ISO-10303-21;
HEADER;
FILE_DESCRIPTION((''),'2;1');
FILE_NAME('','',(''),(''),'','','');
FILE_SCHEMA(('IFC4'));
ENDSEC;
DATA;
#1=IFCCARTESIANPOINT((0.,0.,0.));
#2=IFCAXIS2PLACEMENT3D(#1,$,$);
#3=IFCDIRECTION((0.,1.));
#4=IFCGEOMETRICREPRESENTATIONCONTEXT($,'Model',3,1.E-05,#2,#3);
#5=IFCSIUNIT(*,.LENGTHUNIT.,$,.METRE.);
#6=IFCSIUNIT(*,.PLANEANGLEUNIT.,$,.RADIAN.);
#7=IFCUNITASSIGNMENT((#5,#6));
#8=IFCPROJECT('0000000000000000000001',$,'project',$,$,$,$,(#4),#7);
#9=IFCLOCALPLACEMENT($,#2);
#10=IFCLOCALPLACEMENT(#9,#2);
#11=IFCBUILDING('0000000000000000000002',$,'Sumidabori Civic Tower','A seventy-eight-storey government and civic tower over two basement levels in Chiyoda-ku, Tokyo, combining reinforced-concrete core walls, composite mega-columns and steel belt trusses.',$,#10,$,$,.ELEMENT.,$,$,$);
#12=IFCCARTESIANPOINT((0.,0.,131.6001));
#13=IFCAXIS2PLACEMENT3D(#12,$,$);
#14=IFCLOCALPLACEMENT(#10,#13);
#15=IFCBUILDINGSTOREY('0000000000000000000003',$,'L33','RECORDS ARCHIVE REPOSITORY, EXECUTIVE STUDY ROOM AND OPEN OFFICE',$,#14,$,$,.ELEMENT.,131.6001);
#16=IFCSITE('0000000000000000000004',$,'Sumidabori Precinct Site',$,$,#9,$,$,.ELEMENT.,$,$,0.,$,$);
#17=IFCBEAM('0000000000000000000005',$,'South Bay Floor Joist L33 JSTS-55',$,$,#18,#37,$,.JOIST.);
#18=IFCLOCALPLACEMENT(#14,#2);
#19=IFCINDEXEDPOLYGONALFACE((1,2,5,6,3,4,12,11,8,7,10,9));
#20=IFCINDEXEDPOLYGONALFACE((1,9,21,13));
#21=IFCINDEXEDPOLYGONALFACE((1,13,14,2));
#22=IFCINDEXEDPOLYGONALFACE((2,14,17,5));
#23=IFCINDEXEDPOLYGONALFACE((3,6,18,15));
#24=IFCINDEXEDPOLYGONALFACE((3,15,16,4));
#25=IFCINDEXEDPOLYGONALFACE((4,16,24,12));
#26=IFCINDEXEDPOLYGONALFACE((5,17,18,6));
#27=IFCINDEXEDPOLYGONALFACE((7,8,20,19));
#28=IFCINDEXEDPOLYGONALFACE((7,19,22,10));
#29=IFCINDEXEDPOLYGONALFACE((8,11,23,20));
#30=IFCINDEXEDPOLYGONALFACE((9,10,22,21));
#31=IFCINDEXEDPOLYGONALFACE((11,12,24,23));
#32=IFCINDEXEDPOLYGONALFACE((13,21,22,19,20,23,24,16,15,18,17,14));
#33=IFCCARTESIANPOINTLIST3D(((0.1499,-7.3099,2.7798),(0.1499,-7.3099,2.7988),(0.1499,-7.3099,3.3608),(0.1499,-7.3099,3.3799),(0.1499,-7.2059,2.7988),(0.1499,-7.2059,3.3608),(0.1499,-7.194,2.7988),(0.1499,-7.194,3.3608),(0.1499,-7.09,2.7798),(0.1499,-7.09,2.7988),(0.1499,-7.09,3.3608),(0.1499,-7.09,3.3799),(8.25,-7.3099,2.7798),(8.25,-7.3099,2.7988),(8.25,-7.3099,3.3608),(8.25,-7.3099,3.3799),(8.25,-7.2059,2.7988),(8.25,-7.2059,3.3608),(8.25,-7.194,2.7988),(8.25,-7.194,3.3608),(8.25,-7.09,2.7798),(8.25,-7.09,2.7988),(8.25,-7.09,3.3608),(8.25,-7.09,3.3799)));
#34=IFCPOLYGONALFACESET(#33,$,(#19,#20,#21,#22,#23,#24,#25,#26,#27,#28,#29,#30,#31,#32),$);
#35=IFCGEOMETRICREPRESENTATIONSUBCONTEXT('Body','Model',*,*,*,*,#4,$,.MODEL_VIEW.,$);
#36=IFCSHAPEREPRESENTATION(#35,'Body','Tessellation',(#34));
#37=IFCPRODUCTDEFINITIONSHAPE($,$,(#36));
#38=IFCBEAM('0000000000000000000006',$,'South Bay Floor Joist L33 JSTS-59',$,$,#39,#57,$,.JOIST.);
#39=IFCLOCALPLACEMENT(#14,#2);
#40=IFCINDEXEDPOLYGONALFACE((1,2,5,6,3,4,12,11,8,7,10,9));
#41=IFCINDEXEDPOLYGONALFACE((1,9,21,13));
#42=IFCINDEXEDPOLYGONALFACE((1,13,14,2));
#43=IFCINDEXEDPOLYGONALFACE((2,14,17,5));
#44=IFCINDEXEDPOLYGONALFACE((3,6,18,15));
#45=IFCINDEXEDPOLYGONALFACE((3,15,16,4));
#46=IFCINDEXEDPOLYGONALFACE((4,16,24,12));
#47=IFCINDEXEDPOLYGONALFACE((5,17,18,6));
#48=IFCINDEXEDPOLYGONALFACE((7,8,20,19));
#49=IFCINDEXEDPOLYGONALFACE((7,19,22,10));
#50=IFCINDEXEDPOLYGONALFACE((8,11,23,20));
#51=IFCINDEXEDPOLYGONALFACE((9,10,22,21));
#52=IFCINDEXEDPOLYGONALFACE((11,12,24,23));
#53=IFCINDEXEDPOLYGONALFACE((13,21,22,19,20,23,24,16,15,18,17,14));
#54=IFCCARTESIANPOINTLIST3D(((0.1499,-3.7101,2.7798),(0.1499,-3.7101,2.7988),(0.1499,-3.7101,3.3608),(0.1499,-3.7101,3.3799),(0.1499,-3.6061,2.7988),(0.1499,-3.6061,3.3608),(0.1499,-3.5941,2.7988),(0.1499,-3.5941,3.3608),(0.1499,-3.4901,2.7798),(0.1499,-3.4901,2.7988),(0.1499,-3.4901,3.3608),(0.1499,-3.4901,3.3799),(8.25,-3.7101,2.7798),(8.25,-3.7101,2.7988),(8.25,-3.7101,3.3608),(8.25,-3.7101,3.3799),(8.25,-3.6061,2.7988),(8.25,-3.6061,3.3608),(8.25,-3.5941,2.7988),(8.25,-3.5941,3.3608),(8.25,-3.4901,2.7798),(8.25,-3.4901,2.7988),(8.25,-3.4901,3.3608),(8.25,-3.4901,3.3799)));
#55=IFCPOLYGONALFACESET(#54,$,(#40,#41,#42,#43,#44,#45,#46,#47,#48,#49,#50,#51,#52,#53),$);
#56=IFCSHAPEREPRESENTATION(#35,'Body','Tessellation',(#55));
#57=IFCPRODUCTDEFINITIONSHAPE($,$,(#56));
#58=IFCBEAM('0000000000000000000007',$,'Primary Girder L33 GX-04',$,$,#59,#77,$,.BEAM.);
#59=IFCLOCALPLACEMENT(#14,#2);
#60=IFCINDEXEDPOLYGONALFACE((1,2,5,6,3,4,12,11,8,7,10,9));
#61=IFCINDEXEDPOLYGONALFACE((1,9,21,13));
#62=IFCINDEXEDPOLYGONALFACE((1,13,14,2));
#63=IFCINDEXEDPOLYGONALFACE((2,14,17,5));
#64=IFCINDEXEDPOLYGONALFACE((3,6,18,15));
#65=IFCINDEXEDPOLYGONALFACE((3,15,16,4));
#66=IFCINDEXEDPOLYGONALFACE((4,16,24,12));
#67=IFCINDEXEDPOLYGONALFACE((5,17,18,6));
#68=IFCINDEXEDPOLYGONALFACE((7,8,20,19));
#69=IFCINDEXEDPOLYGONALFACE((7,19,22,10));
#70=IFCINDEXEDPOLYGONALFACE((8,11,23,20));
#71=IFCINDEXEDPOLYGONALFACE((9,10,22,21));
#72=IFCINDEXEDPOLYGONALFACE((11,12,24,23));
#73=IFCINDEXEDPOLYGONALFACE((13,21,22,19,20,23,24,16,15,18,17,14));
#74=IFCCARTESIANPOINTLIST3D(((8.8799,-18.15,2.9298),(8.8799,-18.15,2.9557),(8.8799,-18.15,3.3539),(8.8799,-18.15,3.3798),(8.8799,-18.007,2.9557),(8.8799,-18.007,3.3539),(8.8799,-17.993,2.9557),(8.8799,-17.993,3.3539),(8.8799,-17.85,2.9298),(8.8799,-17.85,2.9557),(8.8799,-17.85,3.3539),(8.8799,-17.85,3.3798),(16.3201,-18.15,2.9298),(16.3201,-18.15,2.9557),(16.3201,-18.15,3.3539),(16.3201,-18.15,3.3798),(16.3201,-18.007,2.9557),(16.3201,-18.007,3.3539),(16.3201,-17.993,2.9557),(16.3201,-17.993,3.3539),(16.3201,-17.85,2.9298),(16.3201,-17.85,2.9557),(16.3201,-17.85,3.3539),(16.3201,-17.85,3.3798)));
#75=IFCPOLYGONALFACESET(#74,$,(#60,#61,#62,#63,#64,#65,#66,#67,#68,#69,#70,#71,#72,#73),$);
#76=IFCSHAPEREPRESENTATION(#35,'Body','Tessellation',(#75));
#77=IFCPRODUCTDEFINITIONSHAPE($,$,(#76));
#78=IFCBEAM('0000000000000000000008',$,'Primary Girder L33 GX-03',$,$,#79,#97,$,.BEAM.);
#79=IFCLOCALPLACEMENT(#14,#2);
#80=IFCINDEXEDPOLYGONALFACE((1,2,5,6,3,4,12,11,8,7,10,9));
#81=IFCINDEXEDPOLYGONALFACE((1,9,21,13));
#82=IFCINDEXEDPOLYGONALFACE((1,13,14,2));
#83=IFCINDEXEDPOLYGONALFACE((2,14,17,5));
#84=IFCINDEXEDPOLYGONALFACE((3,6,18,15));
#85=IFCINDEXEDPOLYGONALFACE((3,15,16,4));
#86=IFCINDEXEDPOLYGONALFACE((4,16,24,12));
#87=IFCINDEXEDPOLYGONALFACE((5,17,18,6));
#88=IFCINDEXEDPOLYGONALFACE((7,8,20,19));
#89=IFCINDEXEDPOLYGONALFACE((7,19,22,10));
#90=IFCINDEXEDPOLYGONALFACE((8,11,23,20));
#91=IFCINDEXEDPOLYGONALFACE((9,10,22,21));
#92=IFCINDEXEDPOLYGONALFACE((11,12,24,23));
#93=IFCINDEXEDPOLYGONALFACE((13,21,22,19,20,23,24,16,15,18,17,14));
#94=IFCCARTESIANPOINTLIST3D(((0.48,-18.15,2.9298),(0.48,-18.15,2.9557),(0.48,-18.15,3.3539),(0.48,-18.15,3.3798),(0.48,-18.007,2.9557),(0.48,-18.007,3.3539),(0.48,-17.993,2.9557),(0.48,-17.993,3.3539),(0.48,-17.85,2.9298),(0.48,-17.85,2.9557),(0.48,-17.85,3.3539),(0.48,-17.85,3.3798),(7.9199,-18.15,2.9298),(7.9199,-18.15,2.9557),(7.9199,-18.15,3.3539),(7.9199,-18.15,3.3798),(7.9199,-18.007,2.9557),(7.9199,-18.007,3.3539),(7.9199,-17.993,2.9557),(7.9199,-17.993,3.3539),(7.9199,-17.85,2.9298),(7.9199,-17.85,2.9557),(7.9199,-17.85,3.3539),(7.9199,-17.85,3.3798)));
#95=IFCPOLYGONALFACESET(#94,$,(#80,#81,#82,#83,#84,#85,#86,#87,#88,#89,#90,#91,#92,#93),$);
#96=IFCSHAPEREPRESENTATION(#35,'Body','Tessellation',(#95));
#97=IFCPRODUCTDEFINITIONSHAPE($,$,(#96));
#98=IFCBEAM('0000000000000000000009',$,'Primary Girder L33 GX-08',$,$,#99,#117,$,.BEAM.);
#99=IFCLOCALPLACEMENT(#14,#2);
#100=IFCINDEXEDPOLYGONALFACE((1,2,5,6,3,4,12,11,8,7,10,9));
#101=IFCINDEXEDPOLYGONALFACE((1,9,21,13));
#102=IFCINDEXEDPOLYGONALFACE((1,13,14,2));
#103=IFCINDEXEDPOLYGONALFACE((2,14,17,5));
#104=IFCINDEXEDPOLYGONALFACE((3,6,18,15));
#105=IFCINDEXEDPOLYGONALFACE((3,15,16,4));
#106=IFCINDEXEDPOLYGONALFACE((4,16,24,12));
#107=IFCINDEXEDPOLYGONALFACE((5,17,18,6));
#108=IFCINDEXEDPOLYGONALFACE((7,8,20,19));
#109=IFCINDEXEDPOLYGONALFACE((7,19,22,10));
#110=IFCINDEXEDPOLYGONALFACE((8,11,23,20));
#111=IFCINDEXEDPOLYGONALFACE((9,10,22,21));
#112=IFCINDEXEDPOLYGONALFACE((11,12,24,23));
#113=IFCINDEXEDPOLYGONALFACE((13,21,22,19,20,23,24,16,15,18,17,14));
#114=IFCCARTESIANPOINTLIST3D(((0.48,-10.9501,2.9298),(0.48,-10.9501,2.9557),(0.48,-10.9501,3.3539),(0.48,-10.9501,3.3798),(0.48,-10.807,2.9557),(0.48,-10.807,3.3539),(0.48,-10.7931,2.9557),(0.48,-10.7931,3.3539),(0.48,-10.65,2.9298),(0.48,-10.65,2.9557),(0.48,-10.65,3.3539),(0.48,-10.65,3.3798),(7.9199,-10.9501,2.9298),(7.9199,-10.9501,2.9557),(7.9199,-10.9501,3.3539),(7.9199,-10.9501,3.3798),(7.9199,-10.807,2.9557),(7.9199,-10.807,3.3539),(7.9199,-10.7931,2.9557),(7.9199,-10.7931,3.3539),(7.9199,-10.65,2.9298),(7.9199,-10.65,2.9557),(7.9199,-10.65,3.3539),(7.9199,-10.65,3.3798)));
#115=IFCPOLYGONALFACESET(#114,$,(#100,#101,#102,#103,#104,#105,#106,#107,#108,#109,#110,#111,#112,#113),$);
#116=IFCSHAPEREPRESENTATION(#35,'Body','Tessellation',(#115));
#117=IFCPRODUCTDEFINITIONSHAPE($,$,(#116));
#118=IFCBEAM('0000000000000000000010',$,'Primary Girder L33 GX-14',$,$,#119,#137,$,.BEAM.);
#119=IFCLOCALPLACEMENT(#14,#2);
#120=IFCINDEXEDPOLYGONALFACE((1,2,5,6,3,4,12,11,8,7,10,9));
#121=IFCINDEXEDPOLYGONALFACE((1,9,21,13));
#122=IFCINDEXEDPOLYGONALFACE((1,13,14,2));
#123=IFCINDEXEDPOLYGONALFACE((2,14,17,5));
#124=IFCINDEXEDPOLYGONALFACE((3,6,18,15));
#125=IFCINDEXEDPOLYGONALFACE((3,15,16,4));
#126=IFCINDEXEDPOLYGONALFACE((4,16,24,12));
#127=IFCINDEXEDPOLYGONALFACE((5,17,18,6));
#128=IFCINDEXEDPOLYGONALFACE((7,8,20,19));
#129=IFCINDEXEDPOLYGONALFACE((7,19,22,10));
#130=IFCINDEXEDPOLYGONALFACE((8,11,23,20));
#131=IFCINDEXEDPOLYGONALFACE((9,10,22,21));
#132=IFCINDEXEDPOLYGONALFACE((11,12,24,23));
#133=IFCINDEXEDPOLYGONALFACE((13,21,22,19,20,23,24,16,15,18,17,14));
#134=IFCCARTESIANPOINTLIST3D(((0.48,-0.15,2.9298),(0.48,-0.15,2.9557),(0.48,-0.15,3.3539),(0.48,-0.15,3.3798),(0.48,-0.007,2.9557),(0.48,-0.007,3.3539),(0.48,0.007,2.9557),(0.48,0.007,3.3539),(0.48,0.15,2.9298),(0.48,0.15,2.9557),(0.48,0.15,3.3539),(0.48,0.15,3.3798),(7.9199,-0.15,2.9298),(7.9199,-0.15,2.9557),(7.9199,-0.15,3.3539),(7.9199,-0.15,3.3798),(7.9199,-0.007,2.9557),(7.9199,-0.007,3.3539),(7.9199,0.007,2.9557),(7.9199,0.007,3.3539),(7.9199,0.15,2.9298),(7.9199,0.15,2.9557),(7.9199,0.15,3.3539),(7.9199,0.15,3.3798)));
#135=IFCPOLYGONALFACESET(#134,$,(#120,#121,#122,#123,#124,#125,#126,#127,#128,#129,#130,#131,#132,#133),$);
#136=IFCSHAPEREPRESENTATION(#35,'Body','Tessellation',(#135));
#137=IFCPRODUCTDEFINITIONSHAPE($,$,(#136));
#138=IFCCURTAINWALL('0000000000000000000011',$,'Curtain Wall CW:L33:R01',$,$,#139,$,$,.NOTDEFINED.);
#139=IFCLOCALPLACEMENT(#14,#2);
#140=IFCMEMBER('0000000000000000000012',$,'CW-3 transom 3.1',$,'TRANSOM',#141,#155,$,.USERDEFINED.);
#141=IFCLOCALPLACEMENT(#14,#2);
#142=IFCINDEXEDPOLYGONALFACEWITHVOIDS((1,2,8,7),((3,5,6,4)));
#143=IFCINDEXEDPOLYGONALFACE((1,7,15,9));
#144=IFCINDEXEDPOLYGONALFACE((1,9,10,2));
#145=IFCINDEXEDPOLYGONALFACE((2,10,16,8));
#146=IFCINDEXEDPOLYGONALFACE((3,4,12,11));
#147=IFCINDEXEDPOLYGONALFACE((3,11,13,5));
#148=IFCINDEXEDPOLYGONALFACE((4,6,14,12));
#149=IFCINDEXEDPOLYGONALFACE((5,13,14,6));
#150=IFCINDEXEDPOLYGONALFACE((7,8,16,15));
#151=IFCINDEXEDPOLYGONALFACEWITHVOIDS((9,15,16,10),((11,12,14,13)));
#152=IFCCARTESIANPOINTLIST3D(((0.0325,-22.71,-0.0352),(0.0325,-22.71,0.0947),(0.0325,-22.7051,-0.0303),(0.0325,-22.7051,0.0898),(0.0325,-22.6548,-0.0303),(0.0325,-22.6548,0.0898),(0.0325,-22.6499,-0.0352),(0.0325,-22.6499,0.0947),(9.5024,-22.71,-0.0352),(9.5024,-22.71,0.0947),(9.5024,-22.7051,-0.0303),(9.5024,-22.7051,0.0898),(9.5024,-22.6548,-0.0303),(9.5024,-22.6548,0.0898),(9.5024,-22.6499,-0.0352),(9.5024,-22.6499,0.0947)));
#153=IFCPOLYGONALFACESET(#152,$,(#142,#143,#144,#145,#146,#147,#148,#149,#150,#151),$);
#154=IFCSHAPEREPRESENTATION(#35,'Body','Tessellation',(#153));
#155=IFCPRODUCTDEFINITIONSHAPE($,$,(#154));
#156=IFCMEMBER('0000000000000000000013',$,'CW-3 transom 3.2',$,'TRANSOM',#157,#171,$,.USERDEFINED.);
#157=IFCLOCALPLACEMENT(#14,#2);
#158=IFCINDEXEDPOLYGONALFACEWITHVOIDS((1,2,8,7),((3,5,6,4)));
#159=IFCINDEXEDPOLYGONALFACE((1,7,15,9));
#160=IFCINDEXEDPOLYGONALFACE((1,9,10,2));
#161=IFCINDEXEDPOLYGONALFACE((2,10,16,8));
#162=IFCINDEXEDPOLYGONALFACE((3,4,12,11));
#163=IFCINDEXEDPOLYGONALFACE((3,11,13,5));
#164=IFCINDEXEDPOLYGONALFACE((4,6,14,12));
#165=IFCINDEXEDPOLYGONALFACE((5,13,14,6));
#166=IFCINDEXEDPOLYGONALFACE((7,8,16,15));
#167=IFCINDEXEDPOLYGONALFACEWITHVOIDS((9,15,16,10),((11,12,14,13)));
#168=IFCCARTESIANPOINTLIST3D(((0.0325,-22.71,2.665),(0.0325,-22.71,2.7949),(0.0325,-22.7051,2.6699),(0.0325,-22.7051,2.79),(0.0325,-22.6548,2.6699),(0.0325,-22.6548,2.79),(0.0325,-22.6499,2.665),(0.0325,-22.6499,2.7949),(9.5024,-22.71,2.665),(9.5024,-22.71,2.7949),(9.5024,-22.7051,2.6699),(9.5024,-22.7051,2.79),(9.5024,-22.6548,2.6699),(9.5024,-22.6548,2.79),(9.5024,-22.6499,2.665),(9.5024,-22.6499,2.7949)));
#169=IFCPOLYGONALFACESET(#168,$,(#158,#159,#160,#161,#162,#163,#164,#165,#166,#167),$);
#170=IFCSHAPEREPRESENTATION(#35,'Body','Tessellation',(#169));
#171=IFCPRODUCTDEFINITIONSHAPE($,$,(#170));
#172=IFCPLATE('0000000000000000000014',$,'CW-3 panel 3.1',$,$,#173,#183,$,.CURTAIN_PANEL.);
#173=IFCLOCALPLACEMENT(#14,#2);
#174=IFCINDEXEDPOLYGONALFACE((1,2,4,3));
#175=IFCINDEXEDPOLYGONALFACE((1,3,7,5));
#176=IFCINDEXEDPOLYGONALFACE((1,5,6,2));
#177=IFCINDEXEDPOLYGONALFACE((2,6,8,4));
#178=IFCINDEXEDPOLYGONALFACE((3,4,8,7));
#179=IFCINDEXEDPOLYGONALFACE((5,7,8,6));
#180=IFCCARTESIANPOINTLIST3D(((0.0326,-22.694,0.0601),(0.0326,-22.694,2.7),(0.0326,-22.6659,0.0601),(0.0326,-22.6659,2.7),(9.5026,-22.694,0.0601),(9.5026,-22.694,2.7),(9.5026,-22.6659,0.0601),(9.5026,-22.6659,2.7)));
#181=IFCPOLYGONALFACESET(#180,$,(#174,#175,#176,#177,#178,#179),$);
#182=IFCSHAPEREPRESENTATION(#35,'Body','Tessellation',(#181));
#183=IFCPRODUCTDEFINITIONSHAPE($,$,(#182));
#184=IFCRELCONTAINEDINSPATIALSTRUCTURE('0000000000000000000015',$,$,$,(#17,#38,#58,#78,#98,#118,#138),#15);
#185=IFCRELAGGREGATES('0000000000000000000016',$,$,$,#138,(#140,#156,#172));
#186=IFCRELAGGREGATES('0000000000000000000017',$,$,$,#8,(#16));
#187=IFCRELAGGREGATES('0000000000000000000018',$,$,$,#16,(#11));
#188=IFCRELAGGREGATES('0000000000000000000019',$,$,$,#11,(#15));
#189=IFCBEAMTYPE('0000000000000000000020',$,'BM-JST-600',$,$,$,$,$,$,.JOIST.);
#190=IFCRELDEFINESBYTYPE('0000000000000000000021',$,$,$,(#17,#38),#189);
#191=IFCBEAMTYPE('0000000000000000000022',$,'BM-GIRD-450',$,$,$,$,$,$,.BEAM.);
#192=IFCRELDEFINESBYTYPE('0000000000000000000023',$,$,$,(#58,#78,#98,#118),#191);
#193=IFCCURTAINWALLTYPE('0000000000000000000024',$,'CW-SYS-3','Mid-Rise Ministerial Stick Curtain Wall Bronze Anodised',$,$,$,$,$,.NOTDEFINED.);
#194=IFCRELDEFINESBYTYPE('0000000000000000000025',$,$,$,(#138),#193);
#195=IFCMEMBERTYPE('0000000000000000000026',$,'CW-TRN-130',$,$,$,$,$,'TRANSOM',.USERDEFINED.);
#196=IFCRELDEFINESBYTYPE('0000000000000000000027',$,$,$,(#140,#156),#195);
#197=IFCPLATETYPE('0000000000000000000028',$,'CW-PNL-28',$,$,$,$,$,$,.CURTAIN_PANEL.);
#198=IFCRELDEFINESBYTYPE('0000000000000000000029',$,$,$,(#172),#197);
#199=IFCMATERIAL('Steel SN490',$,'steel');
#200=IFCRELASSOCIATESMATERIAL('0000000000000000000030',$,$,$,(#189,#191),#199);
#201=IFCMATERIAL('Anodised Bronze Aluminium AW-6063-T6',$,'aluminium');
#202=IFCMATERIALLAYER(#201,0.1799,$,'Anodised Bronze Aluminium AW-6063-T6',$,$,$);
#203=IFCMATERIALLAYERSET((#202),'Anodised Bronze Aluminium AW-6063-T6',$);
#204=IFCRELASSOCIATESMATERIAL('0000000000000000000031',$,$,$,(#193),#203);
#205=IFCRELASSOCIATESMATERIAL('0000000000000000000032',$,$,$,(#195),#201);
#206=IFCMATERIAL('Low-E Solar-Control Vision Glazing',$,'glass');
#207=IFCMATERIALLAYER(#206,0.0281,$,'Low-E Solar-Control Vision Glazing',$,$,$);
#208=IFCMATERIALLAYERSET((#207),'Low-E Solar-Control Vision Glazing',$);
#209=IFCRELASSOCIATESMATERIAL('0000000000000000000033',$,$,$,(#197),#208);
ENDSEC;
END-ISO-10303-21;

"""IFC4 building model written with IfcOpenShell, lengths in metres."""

from ifc_helpers import new_model, si_unit, direction, frame, origin, origin_2d, place, context, subcontext, project, spatial, rectangle, hollow_rectangle, i_section, extrude, source, transform, mapped, material, layer, layer_set, material_profile, profile_set, type_object, element, aggregate, save


model = new_model("IFC4")

# Units and contexts
model_context = context("Model", 3, precision=1e-05, world=origin(), true_north=direction((0.0, 1.0)))
body_context = subcontext(model_context, "Body", "Model", "MODEL_VIEW")
ifc_project = project(units=[si_unit("LENGTHUNIT", "METRE"), si_unit("PLANEANGLEUNIT", "RADIAN")], contexts=[model_context])

# Site, building, storey
site_placement = place(None, origin())
site = spatial("IfcSite", under=ifc_project, at=site_placement, Name="Sumidabori Precinct Site", CompositionType="ELEMENT", RefElevation=0.0)
building_placement = place(site_placement, origin())
building = spatial("IfcBuilding", under=site, at=building_placement, Name="Sumidabori Civic Tower", Description="A seventy-eight-storey government and civic tower over two basement levels in Chiyoda-ku, Tokyo, combining reinforced-concrete core walls, composite mega-columns and steel belt trusses.", CompositionType="ELEMENT")
storey_placement = place(building_placement, frame((0.0, 0.0, 131.6001)))
storey = spatial("IfcBuildingStorey", under=building, at=storey_placement, Name="L33", Description="RECORDS ARCHIVE REPOSITORY, EXECUTIVE STUDY ROOM AND OPEN OFFICE", CompositionType="ELEMENT", Elevation=131.6001)

# Beams
ifc_material_1 = material(Name="Steel SN490", Category="steel")
ifc_material_profile_1 = material_profile(ifc_material_1, i_section(OverallWidth=0.22, OverallDepth=0.6001, WebThickness=0.012, FlangeThickness=0.019, at=origin_2d()), Name="IPE 600")
ifc_profile_set_1 = profile_set([ifc_material_profile_1], Name="Steel SN490")
beam_type_1 = type_object("IfcBeamType", Name="BM-JST-600", PredefinedType="JOIST", material=ifc_profile_set_1)
shared_shape_1 = source(origin(), body_context, "Body", "SweptSolid", [
    extrude(i_section(OverallWidth=0.22, OverallDepth=0.6001, WebThickness=0.012, FlangeThickness=0.019, at=origin_2d()), origin(), (0.0, 0.0, 1.0), 8.1001),
])
for number, where, z_axis, x_axis, name in (
    (1, (0.1499, -7.2, 3.0798), (1.0, 0.0, 0.0), (0.0, 1.0, 0.0), "South Bay Floor Joist L33 JSTS-55"),
    (2, (0.1499, -3.6001, 3.0798), (1.0, 0.0, 0.0), (0.0, 1.0, 0.0), "South Bay Floor Joist L33 JSTS-59"),
):
    element("IfcBeam", number, at=place(storey_placement, frame(where, z_axis=z_axis, x_axis=x_axis)), inside=storey, type_object=beam_type_1, Name=name, PredefinedType="JOIST", context=body_context, shape_type="MappedRepresentation", body=[
        mapped(shared_shape_1, transform((0.0, 0.0, 0.0), x_axis=(1.0, 0.0, 0.0), y_axis=(0.0, 1.0, 0.0), z_axis=(0.0, 0.0, 1.0), scale=1.0)),
    ])
ifc_material_profile_2 = material_profile(ifc_material_1, i_section(OverallWidth=0.3, OverallDepth=0.45, WebThickness=0.0139, FlangeThickness=0.0259, at=origin_2d()), Name="HE 450 B")
ifc_profile_set_2 = profile_set([ifc_material_profile_2], Name="Steel SN490")
beam_type_2 = type_object("IfcBeamType", Name="BM-GIRD-450", PredefinedType="BEAM", material=ifc_profile_set_2)
shared_shape_2 = source(origin(), body_context, "Body", "SweptSolid", [
    extrude(i_section(OverallWidth=0.3, OverallDepth=0.45, WebThickness=0.0139, FlangeThickness=0.0259, at=origin_2d()), origin(), (0.0, 0.0, 1.0), 7.4402),
])
beam_1_placement = place(storey_placement, frame((8.8799, -18.0, 3.1548), z_axis=(1.0, 0.0, 0.0), x_axis=(0.0, 1.0, 0.0)))
element("IfcBeam", 3, at=beam_1_placement, inside=storey, type_object=beam_type_2, Name="Primary Girder L33 GX-04", PredefinedType="BEAM", context=body_context, shape_type="MappedRepresentation", body=[
    mapped(shared_shape_2, transform((0.0, 0.0, 0.0), x_axis=(1.0, 0.0, 0.0), y_axis=(0.0, 1.0, 0.0), z_axis=(0.0, 0.0, 1.0), scale=1.0)),
])
shared_shape_3 = source(origin(), body_context, "Body", "SweptSolid", [
    extrude(i_section(OverallWidth=0.3, OverallDepth=0.45, WebThickness=0.0139, FlangeThickness=0.0259, at=origin_2d()), origin(), (0.0, 0.0, 1.0), 7.4399),
])
for number, where, z_axis, x_axis, name in (
    (4, (0.48, -18.0, 3.1548), (1.0, 0.0, 0.0), (0.0, 1.0, 0.0), "Primary Girder L33 GX-03"),
    (5, (0.48, -10.8, 3.1548), (1.0, 0.0, 0.0), (0.0, 1.0, 0.0), "Primary Girder L33 GX-08"),
    (6, (0.48, 0.0, 3.1548), (1.0, 0.0, 0.0), (0.0, 1.0, 0.0), "Primary Girder L33 GX-14"),
):
    element("IfcBeam", number, at=place(storey_placement, frame(where, z_axis=z_axis, x_axis=x_axis)), inside=storey, type_object=beam_type_2, Name=name, PredefinedType="BEAM", context=body_context, shape_type="MappedRepresentation", body=[
        mapped(shared_shape_3, transform((0.0, 0.0, 0.0), x_axis=(1.0, 0.0, 0.0), y_axis=(0.0, 1.0, 0.0), z_axis=(0.0, 0.0, 1.0), scale=1.0)),
    ])

# Curtain wall, members, plate
ifc_material_2 = material(Name="Anodised Bronze Aluminium AW-6063-T6", Category="aluminium")
ifc_layer_1 = layer(ifc_material_2, 0.1799, Name="Anodised Bronze Aluminium AW-6063-T6")
ifc_layer_set_1 = layer_set([ifc_layer_1], Name="Anodised Bronze Aluminium AW-6063-T6")
curtain_wall_type = type_object("IfcCurtainWallType", Name="CW-SYS-3", Description="Mid-Rise Ministerial Stick Curtain Wall Bronze Anodised", PredefinedType="NOTDEFINED", material=ifc_layer_set_1)
curtain_wall_placement = place(storey_placement, origin())
curtain_wall = element("IfcCurtainWall", 7, at=curtain_wall_placement, inside=storey, type_object=curtain_wall_type, Name="Curtain Wall CW:L33:R01", PredefinedType="NOTDEFINED")
ifc_material_profile_3 = material_profile(ifc_material_2, hollow_rectangle(XDim=0.0601, YDim=0.1299, WallThickness=0.0049, at=origin_2d()), Name="ALU TRANSOM 130x60")
ifc_profile_set_3 = profile_set([ifc_material_profile_3], Name="Anodised Bronze Aluminium AW-6063-T6")
member_type = type_object("IfcMemberType", Name="CW-TRN-130", ElementType="TRANSOM", PredefinedType="USERDEFINED", material=ifc_profile_set_3)
shared_shape_4 = source(origin(), body_context, "Body", "SweptSolid", [
    extrude(hollow_rectangle(XDim=0.0601, YDim=0.1299, WallThickness=0.0049, at=origin_2d()), origin(), (0.0, 0.0, 1.0), 9.47),
])
member_1_placement = place(storey_placement, frame((0.0325, -22.6799, 0.0298), z_axis=(1.0, 0.0, 0.0), x_axis=(0.0, 1.0, 0.0)))
member_1 = element("IfcMember", 8, at=member_1_placement, type_object=member_type, Name="CW-3 transom 3.1", ObjectType="TRANSOM", PredefinedType="USERDEFINED", context=body_context, shape_type="MappedRepresentation", body=[
    mapped(shared_shape_4, transform((0.0, 0.0, 0.0), x_axis=(1.0, 0.0, 0.0), y_axis=(0.0, 1.0, 0.0), z_axis=(0.0, 0.0, 1.0), scale=1.0)),
])
member_2_placement = place(storey_placement, frame((0.0325, -22.6799, 2.73), z_axis=(1.0, 0.0, 0.0), x_axis=(0.0, 1.0, 0.0)))
member_2 = element("IfcMember", 9, at=member_2_placement, type_object=member_type, Name="CW-3 transom 3.2", ObjectType="TRANSOM", PredefinedType="USERDEFINED", context=body_context, shape_type="MappedRepresentation", body=[
    mapped(shared_shape_4, transform((0.0, 0.0, 0.0), x_axis=(1.0, 0.0, 0.0), y_axis=(0.0, 1.0, 0.0), z_axis=(0.0, 0.0, 1.0), scale=1.0)),
])
ifc_material_3 = material(Name="Low-E Solar-Control Vision Glazing", Category="glass")
ifc_layer_2 = layer(ifc_material_3, 0.0281, Name="Low-E Solar-Control Vision Glazing")
ifc_layer_set_2 = layer_set([ifc_layer_2], Name="Low-E Solar-Control Vision Glazing")
plate_type = type_object("IfcPlateType", Name="CW-PNL-28", PredefinedType="CURTAIN_PANEL", material=ifc_layer_set_2)
shared_shape_5 = source(origin(), body_context, "Body", "SweptSolid", [
    extrude(rectangle(XDim=9.47, YDim=0.0281, at=origin_2d()), origin(), (0.0, 0.0, 1.0), 2.6399),
])
plate_placement = place(storey_placement, frame((4.7676, -22.6799, 0.0601), z_axis=(0.0, 0.0, 1.0), x_axis=(1.0, 0.0, 0.0)))
plate = element("IfcPlate", 10, at=plate_placement, type_object=plate_type, Name="CW-3 panel 3.1", PredefinedType="CURTAIN_PANEL", context=body_context, shape_type="MappedRepresentation", body=[
    mapped(shared_shape_5, transform((0.0, 0.0, 0.0), x_axis=(1.0, 0.0, 0.0), y_axis=(0.0, 1.0, 0.0), z_axis=(0.0, 0.0, 1.0), scale=1.0)),
])
aggregate(curtain_wall, [member_1, member_2, plate])

save(model, "model.ifc")
